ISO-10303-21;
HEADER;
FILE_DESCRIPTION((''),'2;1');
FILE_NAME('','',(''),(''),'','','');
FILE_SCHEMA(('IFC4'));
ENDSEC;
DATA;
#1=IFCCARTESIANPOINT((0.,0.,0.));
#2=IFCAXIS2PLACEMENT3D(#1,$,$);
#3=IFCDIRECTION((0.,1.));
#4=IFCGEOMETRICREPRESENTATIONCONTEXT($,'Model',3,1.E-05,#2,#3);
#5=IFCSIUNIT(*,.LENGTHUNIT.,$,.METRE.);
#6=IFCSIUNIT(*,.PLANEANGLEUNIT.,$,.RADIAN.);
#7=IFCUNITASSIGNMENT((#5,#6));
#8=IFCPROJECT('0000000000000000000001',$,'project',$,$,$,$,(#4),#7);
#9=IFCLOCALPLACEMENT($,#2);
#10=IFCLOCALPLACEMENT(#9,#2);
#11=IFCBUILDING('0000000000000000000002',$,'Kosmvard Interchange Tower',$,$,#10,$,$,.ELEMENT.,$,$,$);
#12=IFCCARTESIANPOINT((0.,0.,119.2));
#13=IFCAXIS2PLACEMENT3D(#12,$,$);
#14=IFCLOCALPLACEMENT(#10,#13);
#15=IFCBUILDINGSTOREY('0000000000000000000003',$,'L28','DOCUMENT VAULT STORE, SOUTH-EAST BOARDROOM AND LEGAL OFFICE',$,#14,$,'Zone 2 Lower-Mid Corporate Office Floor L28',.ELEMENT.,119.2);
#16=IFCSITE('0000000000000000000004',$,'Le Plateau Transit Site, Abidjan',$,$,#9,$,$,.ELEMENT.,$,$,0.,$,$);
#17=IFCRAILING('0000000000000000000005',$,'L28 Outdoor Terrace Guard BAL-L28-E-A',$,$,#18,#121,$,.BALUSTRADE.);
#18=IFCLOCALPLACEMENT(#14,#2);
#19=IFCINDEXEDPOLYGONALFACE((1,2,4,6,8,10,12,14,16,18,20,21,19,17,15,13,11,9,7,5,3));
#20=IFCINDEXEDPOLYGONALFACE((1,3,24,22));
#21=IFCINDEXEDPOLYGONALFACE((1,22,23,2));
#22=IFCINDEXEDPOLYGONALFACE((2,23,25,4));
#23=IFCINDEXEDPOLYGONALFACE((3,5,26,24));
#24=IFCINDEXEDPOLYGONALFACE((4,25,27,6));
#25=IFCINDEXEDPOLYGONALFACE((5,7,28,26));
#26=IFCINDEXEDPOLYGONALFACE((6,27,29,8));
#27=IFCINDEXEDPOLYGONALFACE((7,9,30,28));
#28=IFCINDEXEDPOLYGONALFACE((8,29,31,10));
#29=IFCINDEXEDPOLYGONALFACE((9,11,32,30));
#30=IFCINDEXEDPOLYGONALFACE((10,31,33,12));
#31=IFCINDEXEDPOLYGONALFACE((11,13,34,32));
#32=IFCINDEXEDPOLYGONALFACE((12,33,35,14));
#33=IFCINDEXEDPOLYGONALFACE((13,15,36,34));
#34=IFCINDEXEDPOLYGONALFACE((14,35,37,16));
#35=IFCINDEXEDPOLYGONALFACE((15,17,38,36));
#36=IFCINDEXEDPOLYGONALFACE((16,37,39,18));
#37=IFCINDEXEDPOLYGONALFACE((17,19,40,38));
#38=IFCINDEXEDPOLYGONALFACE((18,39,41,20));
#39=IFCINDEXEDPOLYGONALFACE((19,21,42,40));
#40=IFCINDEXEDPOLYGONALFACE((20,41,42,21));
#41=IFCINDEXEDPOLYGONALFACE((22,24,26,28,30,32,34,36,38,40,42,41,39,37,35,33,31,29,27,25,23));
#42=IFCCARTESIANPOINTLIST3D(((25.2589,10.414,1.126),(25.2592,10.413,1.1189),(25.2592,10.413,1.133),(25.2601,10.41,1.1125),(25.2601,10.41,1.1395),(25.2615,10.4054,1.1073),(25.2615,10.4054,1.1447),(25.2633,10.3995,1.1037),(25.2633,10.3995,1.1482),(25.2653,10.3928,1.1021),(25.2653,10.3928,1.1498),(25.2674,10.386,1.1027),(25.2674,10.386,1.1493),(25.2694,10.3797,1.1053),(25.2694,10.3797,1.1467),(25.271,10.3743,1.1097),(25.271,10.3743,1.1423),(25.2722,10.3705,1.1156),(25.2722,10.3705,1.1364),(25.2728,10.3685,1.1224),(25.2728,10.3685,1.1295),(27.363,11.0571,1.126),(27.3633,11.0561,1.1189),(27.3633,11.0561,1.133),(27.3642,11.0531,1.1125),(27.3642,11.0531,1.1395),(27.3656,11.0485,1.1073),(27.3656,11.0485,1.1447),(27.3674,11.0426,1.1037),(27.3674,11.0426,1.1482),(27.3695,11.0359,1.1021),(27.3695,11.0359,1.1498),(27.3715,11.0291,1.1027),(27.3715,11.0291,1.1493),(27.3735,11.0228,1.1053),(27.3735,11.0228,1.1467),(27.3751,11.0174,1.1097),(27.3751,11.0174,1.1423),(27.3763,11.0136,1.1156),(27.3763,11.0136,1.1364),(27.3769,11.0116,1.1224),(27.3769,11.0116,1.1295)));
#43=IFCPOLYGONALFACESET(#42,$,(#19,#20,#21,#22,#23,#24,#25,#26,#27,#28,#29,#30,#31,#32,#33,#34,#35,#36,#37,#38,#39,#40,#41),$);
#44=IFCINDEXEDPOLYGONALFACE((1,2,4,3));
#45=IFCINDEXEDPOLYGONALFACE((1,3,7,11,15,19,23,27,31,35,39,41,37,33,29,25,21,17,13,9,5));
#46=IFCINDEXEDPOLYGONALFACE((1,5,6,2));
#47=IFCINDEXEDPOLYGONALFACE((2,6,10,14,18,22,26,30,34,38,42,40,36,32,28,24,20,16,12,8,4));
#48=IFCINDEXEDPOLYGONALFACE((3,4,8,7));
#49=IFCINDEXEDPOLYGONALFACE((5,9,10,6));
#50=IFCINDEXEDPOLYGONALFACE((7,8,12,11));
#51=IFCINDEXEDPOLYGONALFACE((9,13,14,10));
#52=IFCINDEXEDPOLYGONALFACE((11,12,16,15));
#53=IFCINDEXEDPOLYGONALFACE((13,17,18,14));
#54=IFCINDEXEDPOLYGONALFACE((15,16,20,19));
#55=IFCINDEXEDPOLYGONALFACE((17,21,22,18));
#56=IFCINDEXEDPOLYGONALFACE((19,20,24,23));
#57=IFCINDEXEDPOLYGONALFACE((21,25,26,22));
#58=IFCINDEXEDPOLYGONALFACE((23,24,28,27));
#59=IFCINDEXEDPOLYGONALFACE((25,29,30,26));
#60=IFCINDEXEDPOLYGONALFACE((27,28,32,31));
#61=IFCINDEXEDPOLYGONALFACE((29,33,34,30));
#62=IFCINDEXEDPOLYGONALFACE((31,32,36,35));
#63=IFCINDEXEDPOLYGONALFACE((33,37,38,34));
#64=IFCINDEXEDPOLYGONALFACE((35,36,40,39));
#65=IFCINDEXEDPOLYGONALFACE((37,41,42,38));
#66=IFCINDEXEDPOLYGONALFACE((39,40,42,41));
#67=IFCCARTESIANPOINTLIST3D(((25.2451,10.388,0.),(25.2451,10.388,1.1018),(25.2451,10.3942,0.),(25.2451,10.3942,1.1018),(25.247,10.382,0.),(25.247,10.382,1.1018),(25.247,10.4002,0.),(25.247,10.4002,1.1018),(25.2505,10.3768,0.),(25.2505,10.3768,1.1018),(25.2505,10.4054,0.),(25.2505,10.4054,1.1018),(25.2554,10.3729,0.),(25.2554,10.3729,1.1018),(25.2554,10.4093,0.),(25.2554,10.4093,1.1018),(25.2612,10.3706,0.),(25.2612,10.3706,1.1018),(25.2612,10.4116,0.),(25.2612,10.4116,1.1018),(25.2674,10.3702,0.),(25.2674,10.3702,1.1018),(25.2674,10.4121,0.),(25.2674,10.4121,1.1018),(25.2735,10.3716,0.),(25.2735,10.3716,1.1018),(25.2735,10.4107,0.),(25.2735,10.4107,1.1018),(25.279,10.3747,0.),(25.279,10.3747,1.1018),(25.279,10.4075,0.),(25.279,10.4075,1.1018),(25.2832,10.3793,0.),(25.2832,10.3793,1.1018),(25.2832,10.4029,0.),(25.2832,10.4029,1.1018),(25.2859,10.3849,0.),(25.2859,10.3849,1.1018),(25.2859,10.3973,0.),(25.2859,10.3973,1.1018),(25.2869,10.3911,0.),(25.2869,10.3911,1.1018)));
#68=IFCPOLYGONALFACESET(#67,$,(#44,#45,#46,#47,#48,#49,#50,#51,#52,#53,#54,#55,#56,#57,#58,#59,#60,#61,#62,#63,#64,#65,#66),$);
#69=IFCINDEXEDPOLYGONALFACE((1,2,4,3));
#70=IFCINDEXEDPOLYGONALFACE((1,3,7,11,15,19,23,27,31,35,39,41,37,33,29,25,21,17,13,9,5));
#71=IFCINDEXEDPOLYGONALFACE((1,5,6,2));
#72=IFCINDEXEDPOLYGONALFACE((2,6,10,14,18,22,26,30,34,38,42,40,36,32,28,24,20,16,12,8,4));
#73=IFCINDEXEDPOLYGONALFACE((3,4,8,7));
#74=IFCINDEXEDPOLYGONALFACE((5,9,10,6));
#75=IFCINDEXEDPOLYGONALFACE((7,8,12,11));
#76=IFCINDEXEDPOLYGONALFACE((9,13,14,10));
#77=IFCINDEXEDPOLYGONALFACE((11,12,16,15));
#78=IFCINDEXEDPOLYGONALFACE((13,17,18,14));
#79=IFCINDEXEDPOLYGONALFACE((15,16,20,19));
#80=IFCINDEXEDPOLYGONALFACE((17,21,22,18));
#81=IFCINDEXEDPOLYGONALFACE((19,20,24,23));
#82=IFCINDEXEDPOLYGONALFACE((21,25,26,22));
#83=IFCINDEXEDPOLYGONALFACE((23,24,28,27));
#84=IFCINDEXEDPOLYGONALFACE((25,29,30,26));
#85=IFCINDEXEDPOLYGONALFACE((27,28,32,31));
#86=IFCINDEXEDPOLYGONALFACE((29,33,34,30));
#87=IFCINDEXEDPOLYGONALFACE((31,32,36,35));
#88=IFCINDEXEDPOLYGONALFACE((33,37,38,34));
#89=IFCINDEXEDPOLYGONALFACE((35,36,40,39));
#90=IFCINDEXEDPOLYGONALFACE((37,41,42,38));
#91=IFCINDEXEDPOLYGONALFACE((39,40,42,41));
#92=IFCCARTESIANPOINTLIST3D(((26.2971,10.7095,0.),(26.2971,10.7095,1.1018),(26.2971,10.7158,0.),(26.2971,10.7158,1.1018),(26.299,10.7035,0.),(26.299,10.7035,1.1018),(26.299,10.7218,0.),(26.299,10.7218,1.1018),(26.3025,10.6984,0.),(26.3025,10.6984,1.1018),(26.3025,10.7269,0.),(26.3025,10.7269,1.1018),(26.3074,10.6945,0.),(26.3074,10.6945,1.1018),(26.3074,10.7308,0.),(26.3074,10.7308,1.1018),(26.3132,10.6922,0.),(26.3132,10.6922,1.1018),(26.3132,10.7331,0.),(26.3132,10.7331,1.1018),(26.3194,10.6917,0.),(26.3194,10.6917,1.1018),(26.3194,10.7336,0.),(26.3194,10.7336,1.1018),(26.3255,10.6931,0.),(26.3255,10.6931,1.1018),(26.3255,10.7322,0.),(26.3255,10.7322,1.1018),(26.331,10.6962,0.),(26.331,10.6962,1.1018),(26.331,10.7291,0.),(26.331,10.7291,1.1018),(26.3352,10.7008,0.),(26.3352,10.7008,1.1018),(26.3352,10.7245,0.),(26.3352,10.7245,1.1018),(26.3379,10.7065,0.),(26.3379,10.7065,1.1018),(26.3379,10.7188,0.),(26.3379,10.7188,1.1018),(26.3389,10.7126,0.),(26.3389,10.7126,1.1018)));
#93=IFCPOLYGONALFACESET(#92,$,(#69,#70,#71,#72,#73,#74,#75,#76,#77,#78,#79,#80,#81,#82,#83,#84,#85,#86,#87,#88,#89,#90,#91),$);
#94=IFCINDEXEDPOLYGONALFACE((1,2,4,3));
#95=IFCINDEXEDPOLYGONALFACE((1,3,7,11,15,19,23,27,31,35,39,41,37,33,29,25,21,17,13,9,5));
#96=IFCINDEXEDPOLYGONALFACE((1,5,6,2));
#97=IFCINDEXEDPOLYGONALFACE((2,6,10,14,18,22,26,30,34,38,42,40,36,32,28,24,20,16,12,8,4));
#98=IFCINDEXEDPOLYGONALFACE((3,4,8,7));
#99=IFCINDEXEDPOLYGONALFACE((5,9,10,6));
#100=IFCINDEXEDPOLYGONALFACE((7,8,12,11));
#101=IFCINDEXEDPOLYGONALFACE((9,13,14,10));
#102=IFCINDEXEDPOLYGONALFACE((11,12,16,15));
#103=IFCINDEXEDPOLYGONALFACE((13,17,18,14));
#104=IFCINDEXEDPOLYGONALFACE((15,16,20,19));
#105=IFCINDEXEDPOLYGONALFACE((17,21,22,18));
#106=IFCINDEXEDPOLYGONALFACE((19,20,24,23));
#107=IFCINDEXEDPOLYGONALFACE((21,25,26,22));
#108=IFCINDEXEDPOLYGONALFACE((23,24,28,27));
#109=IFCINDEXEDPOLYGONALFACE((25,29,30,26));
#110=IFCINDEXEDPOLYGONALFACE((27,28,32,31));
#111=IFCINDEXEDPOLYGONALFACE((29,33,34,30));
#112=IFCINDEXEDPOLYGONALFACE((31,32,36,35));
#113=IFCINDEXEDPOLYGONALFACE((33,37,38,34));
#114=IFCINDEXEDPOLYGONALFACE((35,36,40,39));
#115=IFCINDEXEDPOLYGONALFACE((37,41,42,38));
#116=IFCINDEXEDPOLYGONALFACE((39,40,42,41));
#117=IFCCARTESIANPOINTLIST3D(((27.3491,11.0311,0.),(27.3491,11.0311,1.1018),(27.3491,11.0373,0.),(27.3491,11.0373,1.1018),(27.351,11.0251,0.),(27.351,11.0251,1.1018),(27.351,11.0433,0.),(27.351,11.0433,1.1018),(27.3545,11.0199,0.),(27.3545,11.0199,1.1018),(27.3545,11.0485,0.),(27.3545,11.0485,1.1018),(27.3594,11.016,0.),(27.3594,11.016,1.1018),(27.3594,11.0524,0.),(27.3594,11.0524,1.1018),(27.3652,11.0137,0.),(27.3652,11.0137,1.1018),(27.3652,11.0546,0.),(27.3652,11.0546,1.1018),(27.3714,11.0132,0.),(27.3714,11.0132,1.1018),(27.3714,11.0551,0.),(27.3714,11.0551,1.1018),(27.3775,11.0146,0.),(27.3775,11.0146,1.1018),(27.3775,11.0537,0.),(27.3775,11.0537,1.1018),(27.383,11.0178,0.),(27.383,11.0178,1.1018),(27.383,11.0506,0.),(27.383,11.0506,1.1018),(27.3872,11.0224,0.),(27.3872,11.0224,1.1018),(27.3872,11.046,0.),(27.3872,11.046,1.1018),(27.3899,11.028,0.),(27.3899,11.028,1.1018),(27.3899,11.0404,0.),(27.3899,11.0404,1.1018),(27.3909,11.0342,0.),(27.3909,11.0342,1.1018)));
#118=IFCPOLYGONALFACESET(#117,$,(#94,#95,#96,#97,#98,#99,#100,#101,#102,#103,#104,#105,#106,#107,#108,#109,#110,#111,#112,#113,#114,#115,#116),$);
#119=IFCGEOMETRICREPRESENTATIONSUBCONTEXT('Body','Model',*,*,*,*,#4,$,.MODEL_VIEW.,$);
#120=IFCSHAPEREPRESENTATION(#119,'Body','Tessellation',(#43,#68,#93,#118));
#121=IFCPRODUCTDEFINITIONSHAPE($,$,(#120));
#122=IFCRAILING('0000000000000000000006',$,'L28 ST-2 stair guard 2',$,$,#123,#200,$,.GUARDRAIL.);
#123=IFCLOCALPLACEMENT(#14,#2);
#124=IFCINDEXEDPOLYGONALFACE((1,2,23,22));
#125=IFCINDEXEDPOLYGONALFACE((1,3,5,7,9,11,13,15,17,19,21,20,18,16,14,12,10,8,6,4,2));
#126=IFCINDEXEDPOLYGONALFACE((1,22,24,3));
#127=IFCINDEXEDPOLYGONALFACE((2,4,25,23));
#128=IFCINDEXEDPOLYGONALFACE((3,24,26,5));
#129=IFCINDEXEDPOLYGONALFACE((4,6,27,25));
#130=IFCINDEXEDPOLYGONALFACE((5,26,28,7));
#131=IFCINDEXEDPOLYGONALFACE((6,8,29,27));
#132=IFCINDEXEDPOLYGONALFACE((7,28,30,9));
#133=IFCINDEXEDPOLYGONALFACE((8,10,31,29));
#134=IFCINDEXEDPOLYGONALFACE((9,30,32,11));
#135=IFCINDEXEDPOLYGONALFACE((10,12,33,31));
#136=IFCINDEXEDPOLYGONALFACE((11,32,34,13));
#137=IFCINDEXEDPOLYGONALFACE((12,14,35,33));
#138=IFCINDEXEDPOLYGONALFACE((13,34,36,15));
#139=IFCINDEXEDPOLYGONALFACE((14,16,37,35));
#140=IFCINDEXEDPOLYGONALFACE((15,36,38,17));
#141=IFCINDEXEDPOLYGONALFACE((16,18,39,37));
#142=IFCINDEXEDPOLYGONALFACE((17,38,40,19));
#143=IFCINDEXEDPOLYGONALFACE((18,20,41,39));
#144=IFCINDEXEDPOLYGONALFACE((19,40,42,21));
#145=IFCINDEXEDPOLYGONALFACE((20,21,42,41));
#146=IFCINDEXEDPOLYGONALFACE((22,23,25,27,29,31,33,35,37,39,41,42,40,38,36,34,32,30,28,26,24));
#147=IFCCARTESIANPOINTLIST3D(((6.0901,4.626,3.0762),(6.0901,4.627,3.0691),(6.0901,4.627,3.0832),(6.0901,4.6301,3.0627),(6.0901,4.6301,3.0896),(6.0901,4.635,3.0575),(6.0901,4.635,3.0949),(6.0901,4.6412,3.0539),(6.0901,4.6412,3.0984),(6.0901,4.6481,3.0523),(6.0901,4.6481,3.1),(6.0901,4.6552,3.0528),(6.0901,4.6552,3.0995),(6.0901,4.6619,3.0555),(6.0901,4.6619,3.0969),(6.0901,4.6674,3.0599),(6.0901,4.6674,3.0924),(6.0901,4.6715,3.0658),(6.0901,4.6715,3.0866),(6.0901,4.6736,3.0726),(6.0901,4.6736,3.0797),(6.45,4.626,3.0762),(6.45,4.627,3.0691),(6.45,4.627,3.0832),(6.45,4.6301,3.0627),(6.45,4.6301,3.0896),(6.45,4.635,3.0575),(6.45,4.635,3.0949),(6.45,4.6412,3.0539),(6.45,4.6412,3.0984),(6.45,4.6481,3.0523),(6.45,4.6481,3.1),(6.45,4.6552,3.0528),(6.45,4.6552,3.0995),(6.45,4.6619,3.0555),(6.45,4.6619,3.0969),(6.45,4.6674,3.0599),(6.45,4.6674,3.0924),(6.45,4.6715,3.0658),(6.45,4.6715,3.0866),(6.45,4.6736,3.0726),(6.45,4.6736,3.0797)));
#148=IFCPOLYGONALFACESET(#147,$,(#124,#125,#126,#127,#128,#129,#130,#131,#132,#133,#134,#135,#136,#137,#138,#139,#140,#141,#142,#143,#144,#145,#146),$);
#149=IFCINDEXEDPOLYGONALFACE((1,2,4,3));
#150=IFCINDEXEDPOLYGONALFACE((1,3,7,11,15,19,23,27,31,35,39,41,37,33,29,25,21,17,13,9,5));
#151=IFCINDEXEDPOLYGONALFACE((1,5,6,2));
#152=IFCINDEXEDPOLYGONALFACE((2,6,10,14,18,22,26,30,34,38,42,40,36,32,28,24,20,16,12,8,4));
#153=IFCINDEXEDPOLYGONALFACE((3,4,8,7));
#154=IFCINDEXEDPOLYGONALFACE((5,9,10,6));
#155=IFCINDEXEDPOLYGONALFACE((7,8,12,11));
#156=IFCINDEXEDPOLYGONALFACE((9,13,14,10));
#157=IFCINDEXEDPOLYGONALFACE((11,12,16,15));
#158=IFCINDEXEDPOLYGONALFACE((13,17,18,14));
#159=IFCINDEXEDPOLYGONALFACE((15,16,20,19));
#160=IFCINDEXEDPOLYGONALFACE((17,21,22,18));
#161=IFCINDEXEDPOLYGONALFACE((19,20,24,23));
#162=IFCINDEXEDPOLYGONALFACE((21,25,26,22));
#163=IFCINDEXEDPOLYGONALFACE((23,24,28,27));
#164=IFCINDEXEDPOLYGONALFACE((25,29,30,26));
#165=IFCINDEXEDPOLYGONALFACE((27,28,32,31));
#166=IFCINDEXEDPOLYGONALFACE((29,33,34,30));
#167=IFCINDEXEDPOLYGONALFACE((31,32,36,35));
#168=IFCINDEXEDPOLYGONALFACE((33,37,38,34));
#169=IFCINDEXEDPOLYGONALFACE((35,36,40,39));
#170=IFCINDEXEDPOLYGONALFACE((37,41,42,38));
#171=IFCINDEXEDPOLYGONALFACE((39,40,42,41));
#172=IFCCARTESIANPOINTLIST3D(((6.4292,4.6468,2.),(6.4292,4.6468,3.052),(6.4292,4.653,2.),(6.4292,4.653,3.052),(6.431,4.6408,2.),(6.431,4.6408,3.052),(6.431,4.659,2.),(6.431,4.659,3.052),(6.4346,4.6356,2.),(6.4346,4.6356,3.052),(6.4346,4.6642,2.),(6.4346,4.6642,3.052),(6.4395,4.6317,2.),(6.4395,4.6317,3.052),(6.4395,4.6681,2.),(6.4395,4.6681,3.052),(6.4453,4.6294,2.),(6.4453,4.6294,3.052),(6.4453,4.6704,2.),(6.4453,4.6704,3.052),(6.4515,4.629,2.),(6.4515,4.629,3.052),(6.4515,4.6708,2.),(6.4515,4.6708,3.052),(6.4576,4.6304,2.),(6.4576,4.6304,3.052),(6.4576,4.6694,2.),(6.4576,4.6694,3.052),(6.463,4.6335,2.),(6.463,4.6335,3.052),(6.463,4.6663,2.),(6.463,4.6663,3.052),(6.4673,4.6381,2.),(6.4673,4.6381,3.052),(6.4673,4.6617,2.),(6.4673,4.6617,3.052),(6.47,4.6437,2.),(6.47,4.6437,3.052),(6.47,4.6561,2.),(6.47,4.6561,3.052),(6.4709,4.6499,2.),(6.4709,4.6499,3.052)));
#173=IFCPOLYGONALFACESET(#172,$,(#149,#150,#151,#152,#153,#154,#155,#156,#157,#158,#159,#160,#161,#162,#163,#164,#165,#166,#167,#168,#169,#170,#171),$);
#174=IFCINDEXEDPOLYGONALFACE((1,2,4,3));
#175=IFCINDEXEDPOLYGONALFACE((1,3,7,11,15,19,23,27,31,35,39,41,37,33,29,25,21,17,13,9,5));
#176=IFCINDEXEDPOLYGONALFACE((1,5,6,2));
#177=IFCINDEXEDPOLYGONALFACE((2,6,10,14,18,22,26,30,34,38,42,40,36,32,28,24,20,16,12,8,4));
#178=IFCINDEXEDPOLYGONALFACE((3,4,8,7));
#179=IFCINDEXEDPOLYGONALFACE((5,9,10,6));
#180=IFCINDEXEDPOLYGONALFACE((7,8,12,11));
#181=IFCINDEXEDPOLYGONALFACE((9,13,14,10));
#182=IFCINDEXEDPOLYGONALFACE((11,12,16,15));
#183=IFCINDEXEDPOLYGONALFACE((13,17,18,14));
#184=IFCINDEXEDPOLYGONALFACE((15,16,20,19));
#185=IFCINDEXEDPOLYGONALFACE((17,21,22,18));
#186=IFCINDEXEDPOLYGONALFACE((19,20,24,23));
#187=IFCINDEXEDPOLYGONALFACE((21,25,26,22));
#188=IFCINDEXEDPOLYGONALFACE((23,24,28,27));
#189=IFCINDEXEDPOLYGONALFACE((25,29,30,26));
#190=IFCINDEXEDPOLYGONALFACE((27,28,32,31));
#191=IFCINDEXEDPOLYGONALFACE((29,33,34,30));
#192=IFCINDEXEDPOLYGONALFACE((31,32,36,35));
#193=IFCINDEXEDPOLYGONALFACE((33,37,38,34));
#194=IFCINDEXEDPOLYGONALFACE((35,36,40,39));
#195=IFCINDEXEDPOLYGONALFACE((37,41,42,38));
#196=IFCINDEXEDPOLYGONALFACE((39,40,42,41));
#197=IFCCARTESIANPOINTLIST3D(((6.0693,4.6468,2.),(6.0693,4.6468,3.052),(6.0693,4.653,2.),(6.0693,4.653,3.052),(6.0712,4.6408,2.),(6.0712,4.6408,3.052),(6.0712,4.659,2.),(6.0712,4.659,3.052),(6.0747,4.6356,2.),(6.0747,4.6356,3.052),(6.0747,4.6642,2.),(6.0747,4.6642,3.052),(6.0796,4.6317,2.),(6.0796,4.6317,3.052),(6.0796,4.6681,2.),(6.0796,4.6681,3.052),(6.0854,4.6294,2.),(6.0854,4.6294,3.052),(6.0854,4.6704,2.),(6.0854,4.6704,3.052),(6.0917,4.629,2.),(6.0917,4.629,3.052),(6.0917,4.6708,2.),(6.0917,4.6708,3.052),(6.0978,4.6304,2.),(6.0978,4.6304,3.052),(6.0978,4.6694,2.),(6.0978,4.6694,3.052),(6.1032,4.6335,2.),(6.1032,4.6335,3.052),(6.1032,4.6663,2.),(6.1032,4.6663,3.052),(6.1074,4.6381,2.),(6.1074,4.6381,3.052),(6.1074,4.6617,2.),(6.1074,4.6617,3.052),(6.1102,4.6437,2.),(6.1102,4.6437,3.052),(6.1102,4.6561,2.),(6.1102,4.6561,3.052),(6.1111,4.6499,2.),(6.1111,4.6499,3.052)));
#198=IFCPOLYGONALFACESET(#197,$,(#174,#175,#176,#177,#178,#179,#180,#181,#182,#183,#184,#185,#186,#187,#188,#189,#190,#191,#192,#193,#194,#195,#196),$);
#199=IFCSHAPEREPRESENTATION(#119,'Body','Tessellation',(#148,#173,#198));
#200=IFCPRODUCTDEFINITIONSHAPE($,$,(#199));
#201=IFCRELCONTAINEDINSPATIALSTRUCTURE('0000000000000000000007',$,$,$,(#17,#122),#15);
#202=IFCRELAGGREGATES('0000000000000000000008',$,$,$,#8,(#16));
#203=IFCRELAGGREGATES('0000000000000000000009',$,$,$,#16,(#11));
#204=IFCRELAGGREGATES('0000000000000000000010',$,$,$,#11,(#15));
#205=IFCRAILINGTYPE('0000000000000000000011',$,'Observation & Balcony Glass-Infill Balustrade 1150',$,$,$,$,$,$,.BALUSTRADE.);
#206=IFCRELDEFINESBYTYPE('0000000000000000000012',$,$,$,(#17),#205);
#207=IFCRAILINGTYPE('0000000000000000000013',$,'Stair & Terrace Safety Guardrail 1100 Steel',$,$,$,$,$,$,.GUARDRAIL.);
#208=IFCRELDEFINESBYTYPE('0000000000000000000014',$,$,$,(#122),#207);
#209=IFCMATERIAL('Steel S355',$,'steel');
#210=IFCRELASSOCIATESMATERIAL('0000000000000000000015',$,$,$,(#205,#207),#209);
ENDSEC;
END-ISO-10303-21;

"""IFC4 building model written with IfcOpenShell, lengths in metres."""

from ifc_helpers import new_model, si_unit, direction, frame, origin, origin_2d, place, context, subcontext, project, spatial, circle, extrude, source, transform, mapped, material, type_object, element, save


model = new_model("IFC4")

# Units and contexts
model_context = context("Model", 3, precision=1e-05, world=origin(), true_north=direction((0.0, 1.0)))
body_context = subcontext(model_context, "Body", "Model", "MODEL_VIEW")
ifc_project = project(units=[si_unit("LENGTHUNIT", "METRE"), si_unit("PLANEANGLEUNIT", "RADIAN")], contexts=[model_context])

# Site, building, storey
site_placement = place(None, origin())
site = spatial("IfcSite", under=ifc_project, at=site_placement, Name="Le Plateau Transit Site, Abidjan", CompositionType="ELEMENT", RefElevation=0.0)
building_placement = place(site_placement, origin())
building = spatial("IfcBuilding", under=site, at=building_placement, Name="Kosmvard Interchange Tower", CompositionType="ELEMENT")
storey_placement = place(building_placement, frame((0.0, 0.0, 119.2)))
storey = spatial("IfcBuildingStorey", under=building, at=storey_placement, Name="L28", Description="DOCUMENT VAULT STORE, SOUTH-EAST BOARDROOM AND LEGAL OFFICE", LongName="Zone 2 Lower-Mid Corporate Office Floor L28", CompositionType="ELEMENT", Elevation=119.2)

# Shared definitions
ifc_material_1 = material(Name="Steel S355", Category="steel")

# Railings
railing_type_1 = type_object("IfcRailingType", Name="Observation & Balcony Glass-Infill Balustrade 1150", PredefinedType="BALUSTRADE", material=ifc_material_1)
shared_shape_1 = source(origin(), body_context, "Body", "SweptSolid", [
    extrude(circle(Radius=0.0239, at=origin_2d()), frame((0.0, 0.0, 1.126), z_axis=(0.956329, 0.292292, 0.0), x_axis=(-0.292292, 0.956329, 0.0)), (0.0, 0.0, 1.0), 2.2002),
    extrude(circle(Radius=0.021, at=origin_2d()), origin(), (0.0, 0.0, 1.0), 1.1018),
    extrude(circle(Radius=0.021, at=origin_2d()), frame((1.052, 0.3215, 0.0)), (0.0, 0.0, 1.0), 1.1018),
    extrude(circle(Radius=0.021, at=origin_2d()), frame((2.104, 0.6431, 0.0)), (0.0, 0.0, 1.0), 1.1018),
])
railing_1_placement = place(storey_placement, frame((25.2659, 10.3911, 0.0)))
element("IfcRailing", 1, at=railing_1_placement, inside=storey, type_object=railing_type_1, Name="L28 Outdoor Terrace Guard BAL-L28-E-A", PredefinedType="BALUSTRADE", context=body_context, shape_type="MappedRepresentation", body=[
    mapped(shared_shape_1, transform((0.0, 0.0, 0.0), scale=1.0)),
])
railing_type_2 = type_object("IfcRailingType", Name="Stair & Terrace Safety Guardrail 1100 Steel", PredefinedType="GUARDRAIL", material=ifc_material_1)
shared_shape_2 = source(origin(), body_context, "Body", "SweptSolid", [
    extrude(circle(Radius=0.0239, at=origin_2d()), frame((0.0, 0.0, 1.0762), z_axis=(-1.0, 0.0, 0.0), x_axis=(0.0, -1.0, 0.0)), (0.0, 0.0, 1.0), 0.3599),
    extrude(circle(Radius=0.021, at=origin_2d()), origin(), (0.0, 0.0, 1.0), 1.052),
    extrude(circle(Radius=0.021, at=origin_2d()), frame((-0.3599, 0.0, 0.0)), (0.0, 0.0, 1.0), 1.052),
])
railing_2_placement = place(storey_placement, frame((6.45, 4.6499, 2.0)))
element("IfcRailing", 2, at=railing_2_placement, inside=storey, type_object=railing_type_2, Name="L28 ST-2 stair guard 2", PredefinedType="GUARDRAIL", context=body_context, shape_type="MappedRepresentation", body=[
    mapped(shared_shape_2, transform((0.0, 0.0, 0.0), scale=1.0)),
])

save(model, "model.ifc")
